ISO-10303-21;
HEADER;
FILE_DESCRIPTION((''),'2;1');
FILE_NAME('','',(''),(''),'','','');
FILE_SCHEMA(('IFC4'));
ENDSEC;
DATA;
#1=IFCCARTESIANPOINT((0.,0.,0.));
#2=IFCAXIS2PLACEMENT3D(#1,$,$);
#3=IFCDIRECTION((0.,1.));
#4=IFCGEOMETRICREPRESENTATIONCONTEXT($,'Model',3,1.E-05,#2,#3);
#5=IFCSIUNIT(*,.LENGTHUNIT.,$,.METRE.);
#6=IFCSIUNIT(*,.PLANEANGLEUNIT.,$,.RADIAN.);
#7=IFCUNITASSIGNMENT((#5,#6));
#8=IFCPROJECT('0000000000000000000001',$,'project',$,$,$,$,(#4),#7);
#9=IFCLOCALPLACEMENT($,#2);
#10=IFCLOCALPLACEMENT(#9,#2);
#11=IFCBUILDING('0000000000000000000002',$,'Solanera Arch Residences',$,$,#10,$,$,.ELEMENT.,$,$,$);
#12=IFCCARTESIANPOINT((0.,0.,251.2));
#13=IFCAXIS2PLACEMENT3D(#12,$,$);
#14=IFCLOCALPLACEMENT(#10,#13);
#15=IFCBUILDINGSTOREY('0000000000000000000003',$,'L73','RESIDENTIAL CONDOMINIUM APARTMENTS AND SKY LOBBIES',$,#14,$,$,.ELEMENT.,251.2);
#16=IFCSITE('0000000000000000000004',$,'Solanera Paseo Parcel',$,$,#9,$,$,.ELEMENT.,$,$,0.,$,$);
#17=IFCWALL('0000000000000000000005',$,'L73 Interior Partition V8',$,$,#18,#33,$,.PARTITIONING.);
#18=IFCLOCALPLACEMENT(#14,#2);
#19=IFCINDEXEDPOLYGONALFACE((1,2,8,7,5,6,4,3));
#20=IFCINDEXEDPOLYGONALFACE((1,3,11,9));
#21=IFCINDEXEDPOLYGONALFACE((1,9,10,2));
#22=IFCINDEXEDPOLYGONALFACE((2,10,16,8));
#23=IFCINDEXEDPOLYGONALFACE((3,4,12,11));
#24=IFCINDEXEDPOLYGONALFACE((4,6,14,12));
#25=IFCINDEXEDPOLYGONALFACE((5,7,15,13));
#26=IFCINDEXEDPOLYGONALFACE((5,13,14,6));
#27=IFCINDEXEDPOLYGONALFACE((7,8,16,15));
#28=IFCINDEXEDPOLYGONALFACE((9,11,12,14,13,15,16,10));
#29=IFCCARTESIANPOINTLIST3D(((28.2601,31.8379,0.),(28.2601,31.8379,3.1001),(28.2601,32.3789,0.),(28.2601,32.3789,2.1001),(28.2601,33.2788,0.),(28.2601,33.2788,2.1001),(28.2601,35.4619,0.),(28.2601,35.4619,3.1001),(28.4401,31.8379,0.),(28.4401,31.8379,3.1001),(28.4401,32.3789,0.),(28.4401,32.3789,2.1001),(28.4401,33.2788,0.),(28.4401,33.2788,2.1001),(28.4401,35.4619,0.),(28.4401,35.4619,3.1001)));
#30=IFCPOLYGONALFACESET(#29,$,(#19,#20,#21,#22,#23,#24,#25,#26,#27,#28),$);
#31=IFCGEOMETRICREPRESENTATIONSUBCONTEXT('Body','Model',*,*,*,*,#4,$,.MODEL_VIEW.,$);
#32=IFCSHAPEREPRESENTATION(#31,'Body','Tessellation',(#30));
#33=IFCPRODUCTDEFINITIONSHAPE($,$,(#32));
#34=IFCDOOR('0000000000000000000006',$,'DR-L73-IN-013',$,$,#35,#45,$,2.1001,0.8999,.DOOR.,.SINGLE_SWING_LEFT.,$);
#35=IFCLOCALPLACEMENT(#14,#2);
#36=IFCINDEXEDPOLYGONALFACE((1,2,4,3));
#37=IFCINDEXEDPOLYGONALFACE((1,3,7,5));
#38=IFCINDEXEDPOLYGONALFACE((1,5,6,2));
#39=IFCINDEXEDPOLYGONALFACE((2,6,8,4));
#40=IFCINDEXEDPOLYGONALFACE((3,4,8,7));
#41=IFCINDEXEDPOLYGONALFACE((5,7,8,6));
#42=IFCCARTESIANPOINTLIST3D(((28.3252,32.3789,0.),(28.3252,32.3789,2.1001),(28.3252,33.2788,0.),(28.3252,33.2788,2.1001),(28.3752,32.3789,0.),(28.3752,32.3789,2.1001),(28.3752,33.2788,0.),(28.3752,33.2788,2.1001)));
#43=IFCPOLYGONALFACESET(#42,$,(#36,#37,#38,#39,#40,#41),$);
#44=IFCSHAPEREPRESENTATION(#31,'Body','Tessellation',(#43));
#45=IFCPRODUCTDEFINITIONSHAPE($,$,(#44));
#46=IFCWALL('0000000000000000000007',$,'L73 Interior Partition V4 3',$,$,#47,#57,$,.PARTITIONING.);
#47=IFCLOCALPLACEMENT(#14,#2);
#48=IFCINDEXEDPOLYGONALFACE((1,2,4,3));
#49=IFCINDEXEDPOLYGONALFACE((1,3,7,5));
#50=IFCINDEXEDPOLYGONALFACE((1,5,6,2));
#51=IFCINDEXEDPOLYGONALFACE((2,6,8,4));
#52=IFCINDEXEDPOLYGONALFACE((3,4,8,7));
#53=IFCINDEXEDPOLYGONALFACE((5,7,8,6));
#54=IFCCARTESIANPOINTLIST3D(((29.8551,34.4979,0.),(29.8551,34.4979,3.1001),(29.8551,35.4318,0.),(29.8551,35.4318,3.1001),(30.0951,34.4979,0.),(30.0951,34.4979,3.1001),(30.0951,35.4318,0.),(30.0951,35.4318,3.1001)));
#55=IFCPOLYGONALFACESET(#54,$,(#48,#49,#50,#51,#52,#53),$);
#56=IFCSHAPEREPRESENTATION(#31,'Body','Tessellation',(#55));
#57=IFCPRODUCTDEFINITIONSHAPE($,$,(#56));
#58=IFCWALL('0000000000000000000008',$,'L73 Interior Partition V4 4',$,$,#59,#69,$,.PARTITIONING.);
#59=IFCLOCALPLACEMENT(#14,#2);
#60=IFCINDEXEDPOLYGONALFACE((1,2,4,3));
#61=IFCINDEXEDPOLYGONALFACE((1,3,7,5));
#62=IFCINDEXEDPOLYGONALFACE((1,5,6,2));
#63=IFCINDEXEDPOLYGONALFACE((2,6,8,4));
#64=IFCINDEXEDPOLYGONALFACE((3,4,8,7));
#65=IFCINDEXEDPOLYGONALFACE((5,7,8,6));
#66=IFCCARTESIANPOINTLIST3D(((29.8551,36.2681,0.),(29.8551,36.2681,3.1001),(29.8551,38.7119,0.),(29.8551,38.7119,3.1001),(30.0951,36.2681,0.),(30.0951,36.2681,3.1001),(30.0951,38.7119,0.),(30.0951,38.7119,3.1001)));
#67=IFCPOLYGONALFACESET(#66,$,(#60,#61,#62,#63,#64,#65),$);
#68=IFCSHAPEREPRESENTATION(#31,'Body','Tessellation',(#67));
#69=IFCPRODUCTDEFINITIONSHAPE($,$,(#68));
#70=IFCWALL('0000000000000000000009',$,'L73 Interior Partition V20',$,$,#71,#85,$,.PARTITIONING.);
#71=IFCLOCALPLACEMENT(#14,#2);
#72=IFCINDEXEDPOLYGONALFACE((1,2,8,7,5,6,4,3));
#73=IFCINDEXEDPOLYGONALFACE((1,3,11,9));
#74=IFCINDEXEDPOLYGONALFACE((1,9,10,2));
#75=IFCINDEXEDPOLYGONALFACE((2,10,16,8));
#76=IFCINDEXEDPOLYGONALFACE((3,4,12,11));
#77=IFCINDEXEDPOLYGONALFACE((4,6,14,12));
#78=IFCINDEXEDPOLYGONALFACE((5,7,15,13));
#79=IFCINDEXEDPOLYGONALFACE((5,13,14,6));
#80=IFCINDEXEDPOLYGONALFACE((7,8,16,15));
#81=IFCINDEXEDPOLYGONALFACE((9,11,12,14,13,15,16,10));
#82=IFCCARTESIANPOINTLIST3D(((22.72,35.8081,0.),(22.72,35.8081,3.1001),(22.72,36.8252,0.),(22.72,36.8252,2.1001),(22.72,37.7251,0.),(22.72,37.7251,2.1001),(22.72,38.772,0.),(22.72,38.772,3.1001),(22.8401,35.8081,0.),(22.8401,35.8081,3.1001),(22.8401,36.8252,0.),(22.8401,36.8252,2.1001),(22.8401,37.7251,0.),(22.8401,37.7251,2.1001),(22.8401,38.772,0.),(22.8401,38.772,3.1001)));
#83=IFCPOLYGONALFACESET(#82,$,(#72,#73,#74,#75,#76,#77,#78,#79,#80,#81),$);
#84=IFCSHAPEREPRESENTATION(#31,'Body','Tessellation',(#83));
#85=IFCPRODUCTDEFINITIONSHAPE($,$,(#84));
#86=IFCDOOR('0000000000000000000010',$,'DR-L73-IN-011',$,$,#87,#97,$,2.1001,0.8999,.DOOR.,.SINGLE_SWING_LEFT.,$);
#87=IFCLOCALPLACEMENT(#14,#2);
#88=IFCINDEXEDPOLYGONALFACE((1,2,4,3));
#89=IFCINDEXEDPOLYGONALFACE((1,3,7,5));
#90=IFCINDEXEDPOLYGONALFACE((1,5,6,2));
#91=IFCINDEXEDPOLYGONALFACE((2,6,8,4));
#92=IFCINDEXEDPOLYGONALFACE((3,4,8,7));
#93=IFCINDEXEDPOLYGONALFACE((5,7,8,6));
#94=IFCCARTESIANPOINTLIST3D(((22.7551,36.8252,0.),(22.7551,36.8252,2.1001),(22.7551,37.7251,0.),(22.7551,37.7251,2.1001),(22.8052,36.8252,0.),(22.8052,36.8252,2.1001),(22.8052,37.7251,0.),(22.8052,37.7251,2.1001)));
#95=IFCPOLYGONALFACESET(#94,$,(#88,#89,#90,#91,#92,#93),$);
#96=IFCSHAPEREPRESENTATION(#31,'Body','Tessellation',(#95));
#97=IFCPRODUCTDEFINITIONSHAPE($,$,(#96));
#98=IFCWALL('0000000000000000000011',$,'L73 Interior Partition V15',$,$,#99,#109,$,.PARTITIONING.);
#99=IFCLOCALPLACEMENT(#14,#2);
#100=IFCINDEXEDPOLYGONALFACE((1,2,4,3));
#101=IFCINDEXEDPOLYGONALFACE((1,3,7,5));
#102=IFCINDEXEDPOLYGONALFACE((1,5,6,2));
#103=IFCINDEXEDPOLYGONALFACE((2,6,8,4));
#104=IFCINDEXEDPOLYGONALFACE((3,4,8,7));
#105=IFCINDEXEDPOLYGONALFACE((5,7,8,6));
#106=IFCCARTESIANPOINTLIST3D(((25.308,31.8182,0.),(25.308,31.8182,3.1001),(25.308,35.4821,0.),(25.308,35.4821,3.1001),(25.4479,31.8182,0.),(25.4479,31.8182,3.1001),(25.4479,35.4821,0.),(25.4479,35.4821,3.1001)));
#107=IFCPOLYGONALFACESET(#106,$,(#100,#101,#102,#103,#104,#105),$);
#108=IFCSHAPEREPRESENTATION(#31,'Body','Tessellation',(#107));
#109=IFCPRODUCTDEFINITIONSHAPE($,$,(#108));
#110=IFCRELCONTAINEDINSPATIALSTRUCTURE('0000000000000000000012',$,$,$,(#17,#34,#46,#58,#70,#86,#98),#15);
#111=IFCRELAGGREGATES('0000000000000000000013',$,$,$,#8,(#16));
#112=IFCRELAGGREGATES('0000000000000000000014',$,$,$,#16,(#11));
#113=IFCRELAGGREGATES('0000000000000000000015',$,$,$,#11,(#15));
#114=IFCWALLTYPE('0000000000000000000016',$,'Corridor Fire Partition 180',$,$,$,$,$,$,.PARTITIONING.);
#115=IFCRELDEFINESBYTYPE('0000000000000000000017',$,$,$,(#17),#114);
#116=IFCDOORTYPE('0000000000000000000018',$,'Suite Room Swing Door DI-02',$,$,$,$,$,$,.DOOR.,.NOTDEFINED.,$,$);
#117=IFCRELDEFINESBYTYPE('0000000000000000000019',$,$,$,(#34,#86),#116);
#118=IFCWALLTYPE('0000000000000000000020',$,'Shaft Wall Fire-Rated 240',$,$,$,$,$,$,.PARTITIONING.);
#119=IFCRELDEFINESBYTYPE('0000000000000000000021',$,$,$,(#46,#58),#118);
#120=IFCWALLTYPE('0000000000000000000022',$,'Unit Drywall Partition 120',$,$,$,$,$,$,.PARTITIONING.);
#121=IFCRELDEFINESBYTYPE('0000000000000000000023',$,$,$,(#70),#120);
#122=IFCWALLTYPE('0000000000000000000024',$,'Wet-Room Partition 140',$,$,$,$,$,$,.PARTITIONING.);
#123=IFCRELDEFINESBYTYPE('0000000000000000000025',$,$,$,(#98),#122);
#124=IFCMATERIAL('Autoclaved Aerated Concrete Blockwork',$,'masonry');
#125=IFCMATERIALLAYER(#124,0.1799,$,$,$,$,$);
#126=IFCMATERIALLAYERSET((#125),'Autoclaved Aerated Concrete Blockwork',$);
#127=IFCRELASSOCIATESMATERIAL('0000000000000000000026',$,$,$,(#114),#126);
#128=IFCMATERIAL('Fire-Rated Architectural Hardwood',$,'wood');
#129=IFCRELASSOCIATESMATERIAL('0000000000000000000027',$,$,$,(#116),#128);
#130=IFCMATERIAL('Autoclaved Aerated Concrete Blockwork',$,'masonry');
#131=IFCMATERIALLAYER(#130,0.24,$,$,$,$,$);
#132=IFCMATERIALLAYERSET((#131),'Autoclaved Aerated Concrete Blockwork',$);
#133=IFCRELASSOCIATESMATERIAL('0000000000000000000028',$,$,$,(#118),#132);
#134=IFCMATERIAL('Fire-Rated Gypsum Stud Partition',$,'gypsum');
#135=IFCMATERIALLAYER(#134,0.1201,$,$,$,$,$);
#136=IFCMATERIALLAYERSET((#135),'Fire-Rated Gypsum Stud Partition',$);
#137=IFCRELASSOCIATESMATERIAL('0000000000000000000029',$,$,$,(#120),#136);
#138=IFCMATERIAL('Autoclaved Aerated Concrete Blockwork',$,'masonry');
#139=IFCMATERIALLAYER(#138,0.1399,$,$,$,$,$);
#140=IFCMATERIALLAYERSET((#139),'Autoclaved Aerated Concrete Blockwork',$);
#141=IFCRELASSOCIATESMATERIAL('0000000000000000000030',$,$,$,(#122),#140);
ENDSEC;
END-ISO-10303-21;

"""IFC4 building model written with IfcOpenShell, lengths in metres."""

from ifc_helpers import new_model, si_unit, direction, frame, frame_2d, origin, place, context, subcontext, project, spatial, rectangle, extrude, material, layer, layer_set, type_object, element, fill, save


model = new_model("IFC4")

# Units and contexts
model_context = context("Model", 3, precision=1e-05, world=origin(), true_north=direction((0.0, 1.0)))
body_context = subcontext(model_context, "Body", "Model", "MODEL_VIEW")
ifc_project = project(units=[si_unit("LENGTHUNIT", "METRE"), si_unit("PLANEANGLEUNIT", "RADIAN")], contexts=[model_context])

# Site, building, storey
site_placement = place(None, origin())
site = spatial("IfcSite", under=ifc_project, at=site_placement, Name="Solanera Paseo Parcel", CompositionType="ELEMENT", RefElevation=0.0)
building_placement = place(site_placement, origin())
building = spatial("IfcBuilding", under=site, at=building_placement, Name="Solanera Arch Residences", CompositionType="ELEMENT")
storey_placement = place(building_placement, frame((0.0, 0.0, 251.2)))
storey = spatial("IfcBuildingStorey", under=building, at=storey_placement, Name="L73", Description="RESIDENTIAL CONDOMINIUM APARTMENTS AND SKY LOBBIES", CompositionType="ELEMENT", Elevation=251.2)

# Shared definitions
ifc_material_1 = material(Name="Autoclaved Aerated Concrete Blockwork", Category="masonry")
ifc_layer_1 = layer(ifc_material_1, 0.1799)
ifc_layer_set_1 = layer_set([ifc_layer_1], Name="Autoclaved Aerated Concrete Blockwork")
wall_type_1 = type_object("IfcWallType", Name="Corridor Fire Partition 180", PredefinedType="PARTITIONING", material=ifc_layer_set_1)

# Wall, opening, door
wall_1_placement = place(storey_placement, frame((28.3501, 31.8379, 0.0), z_axis=(0.0, 0.0, 1.0), x_axis=(0.0, 1.0, 0.0)))
wall_1 = element("IfcWall", 1, at=wall_1_placement, inside=storey, type_object=wall_type_1, Name="L73 Interior Partition V8", PredefinedType="PARTITIONING", context=body_context, shape_type="SweptSolid", body=[
    extrude(rectangle(XDim=3.624, YDim=0.1799, at=frame_2d((1.812, 0.0))), origin(), (0.0, 0.0, 1.0), 3.1001),
])
opening_1_placement = place(wall_1_placement, frame((0.541, 0.0, 0.0)))
opening_1 = element("IfcOpeningElement", 2, at=opening_1_placement, cuts=wall_1, PredefinedType="OPENING", context=body_context, shape_type="SweptSolid", body=[
    extrude(rectangle(XDim=0.8999, YDim=2.1001, at=frame_2d((0.45, 1.05))), frame((0.0, 0.1001, 0.0), z_axis=(0.0, -1.0, 0.0), x_axis=(1.0, 0.0, 0.0)), (0.0, 0.0, 1.0), 0.1999),
])
ifc_material_2 = material(Name="Fire-Rated Architectural Hardwood", Category="wood")
door_type_1 = type_object("IfcDoorType", Name="Suite Room Swing Door DI-02", OperationType="NOTDEFINED", PredefinedType="DOOR", material=ifc_material_2)
door_1_placement = place(opening_1_placement, origin())
door_1 = element("IfcDoor", 3, at=door_1_placement, inside=storey, type_object=door_type_1, Name="DR-L73-IN-013", OperationType="SINGLE_SWING_LEFT", OverallHeight=2.1001, OverallWidth=0.8999, PredefinedType="DOOR", context=body_context, shape_type="SweptSolid", body=[
    extrude(rectangle(XDim=0.8999, YDim=2.1001, at=frame_2d((0.45, 1.05))), frame((0.0, 0.0249, 0.0), z_axis=(0.0, -1.0, 0.0), x_axis=(1.0, 0.0, 0.0)), (0.0, 0.0, 1.0), 0.05),
])
fill(opening_1, door_1)
ifc_material_3 = material(Name="Autoclaved Aerated Concrete Blockwork", Category="masonry")
ifc_layer_2 = layer(ifc_material_3, 0.24)
ifc_layer_set_2 = layer_set([ifc_layer_2], Name="Autoclaved Aerated Concrete Blockwork")
wall_type_2 = type_object("IfcWallType", Name="Shaft Wall Fire-Rated 240", PredefinedType="PARTITIONING", material=ifc_layer_set_2)

# Walls
wall_2_placement = place(storey_placement, frame((29.9751, 34.498, 0.0), z_axis=(0.0, 0.0, 1.0), x_axis=(0.0, 1.0, 0.0)))
element("IfcWall", 4, at=wall_2_placement, inside=storey, type_object=wall_type_2, Name="L73 Interior Partition V4 3", PredefinedType="PARTITIONING", context=body_context, shape_type="SweptSolid", body=[
    extrude(rectangle(XDim=0.9338, YDim=0.24, at=frame_2d((0.4668, 0.0))), origin(), (0.0, 0.0, 1.0), 3.1001),
])
wall_3_placement = place(storey_placement, frame((29.9751, 36.2681, 0.0), z_axis=(0.0, 0.0, 1.0), x_axis=(0.0, 1.0, 0.0)))
element("IfcWall", 5, at=wall_3_placement, inside=storey, type_object=wall_type_2, Name="L73 Interior Partition V4 4", PredefinedType="PARTITIONING", context=body_context, shape_type="SweptSolid", body=[
    extrude(rectangle(XDim=2.4438, YDim=0.24, at=frame_2d((1.2219, 0.0))), origin(), (0.0, 0.0, 1.0), 3.1001),
])

# Wall, opening, door
ifc_material_4 = material(Name="Fire-Rated Gypsum Stud Partition", Category="gypsum")
ifc_layer_3 = layer(ifc_material_4, 0.1201)
ifc_layer_set_3 = layer_set([ifc_layer_3], Name="Fire-Rated Gypsum Stud Partition")
wall_type_3 = type_object("IfcWallType", Name="Unit Drywall Partition 120", PredefinedType="PARTITIONING", material=ifc_layer_set_3)
wall_4_placement = place(storey_placement, frame((22.78, 35.8081, 0.0), z_axis=(0.0, 0.0, 1.0), x_axis=(0.0, 1.0, 0.0)))
wall_4 = element("IfcWall", 6, at=wall_4_placement, inside=storey, type_object=wall_type_3, Name="L73 Interior Partition V20", PredefinedType="PARTITIONING", context=body_context, shape_type="SweptSolid", body=[
    extrude(rectangle(XDim=2.9639, YDim=0.1201, at=frame_2d((1.4819, 0.0))), origin(), (0.0, 0.0, 1.0), 3.1001),
])
opening_2_placement = place(wall_4_placement, frame((1.0171, 0.0, 0.0)))
opening_2 = element("IfcOpeningElement", 7, at=opening_2_placement, cuts=wall_4, PredefinedType="OPENING", context=body_context, shape_type="SweptSolid", body=[
    extrude(rectangle(XDim=0.8999, YDim=2.1001, at=frame_2d((0.45, 1.05))), frame((0.0, 0.0701, 0.0), z_axis=(0.0, -1.0, 0.0), x_axis=(1.0, 0.0, 0.0)), (0.0, 0.0, 1.0), 0.1401),
])
door_2_placement = place(opening_2_placement, origin())
door_2 = element("IfcDoor", 8, at=door_2_placement, inside=storey, type_object=door_type_1, Name="DR-L73-IN-011", OperationType="SINGLE_SWING_LEFT", OverallHeight=2.1001, OverallWidth=0.8999, PredefinedType="DOOR", context=body_context, shape_type="SweptSolid", body=[
    extrude(rectangle(XDim=0.8999, YDim=2.1001, at=frame_2d((0.45, 1.05))), frame((0.0, 0.0249, 0.0), z_axis=(0.0, -1.0, 0.0), x_axis=(1.0, 0.0, 0.0)), (0.0, 0.0, 1.0), 0.05),
])
fill(opening_2, door_2)

# Wall
ifc_material_5 = material(Name="Autoclaved Aerated Concrete Blockwork", Category="masonry")
ifc_layer_4 = layer(ifc_material_5, 0.1399)
ifc_layer_set_4 = layer_set([ifc_layer_4], Name="Autoclaved Aerated Concrete Blockwork")
wall_type_4 = type_object("IfcWallType", Name="Wet-Room Partition 140", PredefinedType="PARTITIONING", material=ifc_layer_set_4)
wall_5_placement = place(storey_placement, frame((25.3779, 31.8181, 0.0), z_axis=(0.0, 0.0, 1.0), x_axis=(0.0, 1.0, 0.0)))
element("IfcWall", 9, at=wall_5_placement, inside=storey, type_object=wall_type_4, Name="L73 Interior Partition V15", PredefinedType="PARTITIONING", context=body_context, shape_type="SweptSolid", body=[
    extrude(rectangle(XDim=3.6638, YDim=0.1399, at=frame_2d((1.832, 0.0))), origin(), (0.0, 0.0, 1.0), 3.1001),
])

save(model, "model.ifc")
